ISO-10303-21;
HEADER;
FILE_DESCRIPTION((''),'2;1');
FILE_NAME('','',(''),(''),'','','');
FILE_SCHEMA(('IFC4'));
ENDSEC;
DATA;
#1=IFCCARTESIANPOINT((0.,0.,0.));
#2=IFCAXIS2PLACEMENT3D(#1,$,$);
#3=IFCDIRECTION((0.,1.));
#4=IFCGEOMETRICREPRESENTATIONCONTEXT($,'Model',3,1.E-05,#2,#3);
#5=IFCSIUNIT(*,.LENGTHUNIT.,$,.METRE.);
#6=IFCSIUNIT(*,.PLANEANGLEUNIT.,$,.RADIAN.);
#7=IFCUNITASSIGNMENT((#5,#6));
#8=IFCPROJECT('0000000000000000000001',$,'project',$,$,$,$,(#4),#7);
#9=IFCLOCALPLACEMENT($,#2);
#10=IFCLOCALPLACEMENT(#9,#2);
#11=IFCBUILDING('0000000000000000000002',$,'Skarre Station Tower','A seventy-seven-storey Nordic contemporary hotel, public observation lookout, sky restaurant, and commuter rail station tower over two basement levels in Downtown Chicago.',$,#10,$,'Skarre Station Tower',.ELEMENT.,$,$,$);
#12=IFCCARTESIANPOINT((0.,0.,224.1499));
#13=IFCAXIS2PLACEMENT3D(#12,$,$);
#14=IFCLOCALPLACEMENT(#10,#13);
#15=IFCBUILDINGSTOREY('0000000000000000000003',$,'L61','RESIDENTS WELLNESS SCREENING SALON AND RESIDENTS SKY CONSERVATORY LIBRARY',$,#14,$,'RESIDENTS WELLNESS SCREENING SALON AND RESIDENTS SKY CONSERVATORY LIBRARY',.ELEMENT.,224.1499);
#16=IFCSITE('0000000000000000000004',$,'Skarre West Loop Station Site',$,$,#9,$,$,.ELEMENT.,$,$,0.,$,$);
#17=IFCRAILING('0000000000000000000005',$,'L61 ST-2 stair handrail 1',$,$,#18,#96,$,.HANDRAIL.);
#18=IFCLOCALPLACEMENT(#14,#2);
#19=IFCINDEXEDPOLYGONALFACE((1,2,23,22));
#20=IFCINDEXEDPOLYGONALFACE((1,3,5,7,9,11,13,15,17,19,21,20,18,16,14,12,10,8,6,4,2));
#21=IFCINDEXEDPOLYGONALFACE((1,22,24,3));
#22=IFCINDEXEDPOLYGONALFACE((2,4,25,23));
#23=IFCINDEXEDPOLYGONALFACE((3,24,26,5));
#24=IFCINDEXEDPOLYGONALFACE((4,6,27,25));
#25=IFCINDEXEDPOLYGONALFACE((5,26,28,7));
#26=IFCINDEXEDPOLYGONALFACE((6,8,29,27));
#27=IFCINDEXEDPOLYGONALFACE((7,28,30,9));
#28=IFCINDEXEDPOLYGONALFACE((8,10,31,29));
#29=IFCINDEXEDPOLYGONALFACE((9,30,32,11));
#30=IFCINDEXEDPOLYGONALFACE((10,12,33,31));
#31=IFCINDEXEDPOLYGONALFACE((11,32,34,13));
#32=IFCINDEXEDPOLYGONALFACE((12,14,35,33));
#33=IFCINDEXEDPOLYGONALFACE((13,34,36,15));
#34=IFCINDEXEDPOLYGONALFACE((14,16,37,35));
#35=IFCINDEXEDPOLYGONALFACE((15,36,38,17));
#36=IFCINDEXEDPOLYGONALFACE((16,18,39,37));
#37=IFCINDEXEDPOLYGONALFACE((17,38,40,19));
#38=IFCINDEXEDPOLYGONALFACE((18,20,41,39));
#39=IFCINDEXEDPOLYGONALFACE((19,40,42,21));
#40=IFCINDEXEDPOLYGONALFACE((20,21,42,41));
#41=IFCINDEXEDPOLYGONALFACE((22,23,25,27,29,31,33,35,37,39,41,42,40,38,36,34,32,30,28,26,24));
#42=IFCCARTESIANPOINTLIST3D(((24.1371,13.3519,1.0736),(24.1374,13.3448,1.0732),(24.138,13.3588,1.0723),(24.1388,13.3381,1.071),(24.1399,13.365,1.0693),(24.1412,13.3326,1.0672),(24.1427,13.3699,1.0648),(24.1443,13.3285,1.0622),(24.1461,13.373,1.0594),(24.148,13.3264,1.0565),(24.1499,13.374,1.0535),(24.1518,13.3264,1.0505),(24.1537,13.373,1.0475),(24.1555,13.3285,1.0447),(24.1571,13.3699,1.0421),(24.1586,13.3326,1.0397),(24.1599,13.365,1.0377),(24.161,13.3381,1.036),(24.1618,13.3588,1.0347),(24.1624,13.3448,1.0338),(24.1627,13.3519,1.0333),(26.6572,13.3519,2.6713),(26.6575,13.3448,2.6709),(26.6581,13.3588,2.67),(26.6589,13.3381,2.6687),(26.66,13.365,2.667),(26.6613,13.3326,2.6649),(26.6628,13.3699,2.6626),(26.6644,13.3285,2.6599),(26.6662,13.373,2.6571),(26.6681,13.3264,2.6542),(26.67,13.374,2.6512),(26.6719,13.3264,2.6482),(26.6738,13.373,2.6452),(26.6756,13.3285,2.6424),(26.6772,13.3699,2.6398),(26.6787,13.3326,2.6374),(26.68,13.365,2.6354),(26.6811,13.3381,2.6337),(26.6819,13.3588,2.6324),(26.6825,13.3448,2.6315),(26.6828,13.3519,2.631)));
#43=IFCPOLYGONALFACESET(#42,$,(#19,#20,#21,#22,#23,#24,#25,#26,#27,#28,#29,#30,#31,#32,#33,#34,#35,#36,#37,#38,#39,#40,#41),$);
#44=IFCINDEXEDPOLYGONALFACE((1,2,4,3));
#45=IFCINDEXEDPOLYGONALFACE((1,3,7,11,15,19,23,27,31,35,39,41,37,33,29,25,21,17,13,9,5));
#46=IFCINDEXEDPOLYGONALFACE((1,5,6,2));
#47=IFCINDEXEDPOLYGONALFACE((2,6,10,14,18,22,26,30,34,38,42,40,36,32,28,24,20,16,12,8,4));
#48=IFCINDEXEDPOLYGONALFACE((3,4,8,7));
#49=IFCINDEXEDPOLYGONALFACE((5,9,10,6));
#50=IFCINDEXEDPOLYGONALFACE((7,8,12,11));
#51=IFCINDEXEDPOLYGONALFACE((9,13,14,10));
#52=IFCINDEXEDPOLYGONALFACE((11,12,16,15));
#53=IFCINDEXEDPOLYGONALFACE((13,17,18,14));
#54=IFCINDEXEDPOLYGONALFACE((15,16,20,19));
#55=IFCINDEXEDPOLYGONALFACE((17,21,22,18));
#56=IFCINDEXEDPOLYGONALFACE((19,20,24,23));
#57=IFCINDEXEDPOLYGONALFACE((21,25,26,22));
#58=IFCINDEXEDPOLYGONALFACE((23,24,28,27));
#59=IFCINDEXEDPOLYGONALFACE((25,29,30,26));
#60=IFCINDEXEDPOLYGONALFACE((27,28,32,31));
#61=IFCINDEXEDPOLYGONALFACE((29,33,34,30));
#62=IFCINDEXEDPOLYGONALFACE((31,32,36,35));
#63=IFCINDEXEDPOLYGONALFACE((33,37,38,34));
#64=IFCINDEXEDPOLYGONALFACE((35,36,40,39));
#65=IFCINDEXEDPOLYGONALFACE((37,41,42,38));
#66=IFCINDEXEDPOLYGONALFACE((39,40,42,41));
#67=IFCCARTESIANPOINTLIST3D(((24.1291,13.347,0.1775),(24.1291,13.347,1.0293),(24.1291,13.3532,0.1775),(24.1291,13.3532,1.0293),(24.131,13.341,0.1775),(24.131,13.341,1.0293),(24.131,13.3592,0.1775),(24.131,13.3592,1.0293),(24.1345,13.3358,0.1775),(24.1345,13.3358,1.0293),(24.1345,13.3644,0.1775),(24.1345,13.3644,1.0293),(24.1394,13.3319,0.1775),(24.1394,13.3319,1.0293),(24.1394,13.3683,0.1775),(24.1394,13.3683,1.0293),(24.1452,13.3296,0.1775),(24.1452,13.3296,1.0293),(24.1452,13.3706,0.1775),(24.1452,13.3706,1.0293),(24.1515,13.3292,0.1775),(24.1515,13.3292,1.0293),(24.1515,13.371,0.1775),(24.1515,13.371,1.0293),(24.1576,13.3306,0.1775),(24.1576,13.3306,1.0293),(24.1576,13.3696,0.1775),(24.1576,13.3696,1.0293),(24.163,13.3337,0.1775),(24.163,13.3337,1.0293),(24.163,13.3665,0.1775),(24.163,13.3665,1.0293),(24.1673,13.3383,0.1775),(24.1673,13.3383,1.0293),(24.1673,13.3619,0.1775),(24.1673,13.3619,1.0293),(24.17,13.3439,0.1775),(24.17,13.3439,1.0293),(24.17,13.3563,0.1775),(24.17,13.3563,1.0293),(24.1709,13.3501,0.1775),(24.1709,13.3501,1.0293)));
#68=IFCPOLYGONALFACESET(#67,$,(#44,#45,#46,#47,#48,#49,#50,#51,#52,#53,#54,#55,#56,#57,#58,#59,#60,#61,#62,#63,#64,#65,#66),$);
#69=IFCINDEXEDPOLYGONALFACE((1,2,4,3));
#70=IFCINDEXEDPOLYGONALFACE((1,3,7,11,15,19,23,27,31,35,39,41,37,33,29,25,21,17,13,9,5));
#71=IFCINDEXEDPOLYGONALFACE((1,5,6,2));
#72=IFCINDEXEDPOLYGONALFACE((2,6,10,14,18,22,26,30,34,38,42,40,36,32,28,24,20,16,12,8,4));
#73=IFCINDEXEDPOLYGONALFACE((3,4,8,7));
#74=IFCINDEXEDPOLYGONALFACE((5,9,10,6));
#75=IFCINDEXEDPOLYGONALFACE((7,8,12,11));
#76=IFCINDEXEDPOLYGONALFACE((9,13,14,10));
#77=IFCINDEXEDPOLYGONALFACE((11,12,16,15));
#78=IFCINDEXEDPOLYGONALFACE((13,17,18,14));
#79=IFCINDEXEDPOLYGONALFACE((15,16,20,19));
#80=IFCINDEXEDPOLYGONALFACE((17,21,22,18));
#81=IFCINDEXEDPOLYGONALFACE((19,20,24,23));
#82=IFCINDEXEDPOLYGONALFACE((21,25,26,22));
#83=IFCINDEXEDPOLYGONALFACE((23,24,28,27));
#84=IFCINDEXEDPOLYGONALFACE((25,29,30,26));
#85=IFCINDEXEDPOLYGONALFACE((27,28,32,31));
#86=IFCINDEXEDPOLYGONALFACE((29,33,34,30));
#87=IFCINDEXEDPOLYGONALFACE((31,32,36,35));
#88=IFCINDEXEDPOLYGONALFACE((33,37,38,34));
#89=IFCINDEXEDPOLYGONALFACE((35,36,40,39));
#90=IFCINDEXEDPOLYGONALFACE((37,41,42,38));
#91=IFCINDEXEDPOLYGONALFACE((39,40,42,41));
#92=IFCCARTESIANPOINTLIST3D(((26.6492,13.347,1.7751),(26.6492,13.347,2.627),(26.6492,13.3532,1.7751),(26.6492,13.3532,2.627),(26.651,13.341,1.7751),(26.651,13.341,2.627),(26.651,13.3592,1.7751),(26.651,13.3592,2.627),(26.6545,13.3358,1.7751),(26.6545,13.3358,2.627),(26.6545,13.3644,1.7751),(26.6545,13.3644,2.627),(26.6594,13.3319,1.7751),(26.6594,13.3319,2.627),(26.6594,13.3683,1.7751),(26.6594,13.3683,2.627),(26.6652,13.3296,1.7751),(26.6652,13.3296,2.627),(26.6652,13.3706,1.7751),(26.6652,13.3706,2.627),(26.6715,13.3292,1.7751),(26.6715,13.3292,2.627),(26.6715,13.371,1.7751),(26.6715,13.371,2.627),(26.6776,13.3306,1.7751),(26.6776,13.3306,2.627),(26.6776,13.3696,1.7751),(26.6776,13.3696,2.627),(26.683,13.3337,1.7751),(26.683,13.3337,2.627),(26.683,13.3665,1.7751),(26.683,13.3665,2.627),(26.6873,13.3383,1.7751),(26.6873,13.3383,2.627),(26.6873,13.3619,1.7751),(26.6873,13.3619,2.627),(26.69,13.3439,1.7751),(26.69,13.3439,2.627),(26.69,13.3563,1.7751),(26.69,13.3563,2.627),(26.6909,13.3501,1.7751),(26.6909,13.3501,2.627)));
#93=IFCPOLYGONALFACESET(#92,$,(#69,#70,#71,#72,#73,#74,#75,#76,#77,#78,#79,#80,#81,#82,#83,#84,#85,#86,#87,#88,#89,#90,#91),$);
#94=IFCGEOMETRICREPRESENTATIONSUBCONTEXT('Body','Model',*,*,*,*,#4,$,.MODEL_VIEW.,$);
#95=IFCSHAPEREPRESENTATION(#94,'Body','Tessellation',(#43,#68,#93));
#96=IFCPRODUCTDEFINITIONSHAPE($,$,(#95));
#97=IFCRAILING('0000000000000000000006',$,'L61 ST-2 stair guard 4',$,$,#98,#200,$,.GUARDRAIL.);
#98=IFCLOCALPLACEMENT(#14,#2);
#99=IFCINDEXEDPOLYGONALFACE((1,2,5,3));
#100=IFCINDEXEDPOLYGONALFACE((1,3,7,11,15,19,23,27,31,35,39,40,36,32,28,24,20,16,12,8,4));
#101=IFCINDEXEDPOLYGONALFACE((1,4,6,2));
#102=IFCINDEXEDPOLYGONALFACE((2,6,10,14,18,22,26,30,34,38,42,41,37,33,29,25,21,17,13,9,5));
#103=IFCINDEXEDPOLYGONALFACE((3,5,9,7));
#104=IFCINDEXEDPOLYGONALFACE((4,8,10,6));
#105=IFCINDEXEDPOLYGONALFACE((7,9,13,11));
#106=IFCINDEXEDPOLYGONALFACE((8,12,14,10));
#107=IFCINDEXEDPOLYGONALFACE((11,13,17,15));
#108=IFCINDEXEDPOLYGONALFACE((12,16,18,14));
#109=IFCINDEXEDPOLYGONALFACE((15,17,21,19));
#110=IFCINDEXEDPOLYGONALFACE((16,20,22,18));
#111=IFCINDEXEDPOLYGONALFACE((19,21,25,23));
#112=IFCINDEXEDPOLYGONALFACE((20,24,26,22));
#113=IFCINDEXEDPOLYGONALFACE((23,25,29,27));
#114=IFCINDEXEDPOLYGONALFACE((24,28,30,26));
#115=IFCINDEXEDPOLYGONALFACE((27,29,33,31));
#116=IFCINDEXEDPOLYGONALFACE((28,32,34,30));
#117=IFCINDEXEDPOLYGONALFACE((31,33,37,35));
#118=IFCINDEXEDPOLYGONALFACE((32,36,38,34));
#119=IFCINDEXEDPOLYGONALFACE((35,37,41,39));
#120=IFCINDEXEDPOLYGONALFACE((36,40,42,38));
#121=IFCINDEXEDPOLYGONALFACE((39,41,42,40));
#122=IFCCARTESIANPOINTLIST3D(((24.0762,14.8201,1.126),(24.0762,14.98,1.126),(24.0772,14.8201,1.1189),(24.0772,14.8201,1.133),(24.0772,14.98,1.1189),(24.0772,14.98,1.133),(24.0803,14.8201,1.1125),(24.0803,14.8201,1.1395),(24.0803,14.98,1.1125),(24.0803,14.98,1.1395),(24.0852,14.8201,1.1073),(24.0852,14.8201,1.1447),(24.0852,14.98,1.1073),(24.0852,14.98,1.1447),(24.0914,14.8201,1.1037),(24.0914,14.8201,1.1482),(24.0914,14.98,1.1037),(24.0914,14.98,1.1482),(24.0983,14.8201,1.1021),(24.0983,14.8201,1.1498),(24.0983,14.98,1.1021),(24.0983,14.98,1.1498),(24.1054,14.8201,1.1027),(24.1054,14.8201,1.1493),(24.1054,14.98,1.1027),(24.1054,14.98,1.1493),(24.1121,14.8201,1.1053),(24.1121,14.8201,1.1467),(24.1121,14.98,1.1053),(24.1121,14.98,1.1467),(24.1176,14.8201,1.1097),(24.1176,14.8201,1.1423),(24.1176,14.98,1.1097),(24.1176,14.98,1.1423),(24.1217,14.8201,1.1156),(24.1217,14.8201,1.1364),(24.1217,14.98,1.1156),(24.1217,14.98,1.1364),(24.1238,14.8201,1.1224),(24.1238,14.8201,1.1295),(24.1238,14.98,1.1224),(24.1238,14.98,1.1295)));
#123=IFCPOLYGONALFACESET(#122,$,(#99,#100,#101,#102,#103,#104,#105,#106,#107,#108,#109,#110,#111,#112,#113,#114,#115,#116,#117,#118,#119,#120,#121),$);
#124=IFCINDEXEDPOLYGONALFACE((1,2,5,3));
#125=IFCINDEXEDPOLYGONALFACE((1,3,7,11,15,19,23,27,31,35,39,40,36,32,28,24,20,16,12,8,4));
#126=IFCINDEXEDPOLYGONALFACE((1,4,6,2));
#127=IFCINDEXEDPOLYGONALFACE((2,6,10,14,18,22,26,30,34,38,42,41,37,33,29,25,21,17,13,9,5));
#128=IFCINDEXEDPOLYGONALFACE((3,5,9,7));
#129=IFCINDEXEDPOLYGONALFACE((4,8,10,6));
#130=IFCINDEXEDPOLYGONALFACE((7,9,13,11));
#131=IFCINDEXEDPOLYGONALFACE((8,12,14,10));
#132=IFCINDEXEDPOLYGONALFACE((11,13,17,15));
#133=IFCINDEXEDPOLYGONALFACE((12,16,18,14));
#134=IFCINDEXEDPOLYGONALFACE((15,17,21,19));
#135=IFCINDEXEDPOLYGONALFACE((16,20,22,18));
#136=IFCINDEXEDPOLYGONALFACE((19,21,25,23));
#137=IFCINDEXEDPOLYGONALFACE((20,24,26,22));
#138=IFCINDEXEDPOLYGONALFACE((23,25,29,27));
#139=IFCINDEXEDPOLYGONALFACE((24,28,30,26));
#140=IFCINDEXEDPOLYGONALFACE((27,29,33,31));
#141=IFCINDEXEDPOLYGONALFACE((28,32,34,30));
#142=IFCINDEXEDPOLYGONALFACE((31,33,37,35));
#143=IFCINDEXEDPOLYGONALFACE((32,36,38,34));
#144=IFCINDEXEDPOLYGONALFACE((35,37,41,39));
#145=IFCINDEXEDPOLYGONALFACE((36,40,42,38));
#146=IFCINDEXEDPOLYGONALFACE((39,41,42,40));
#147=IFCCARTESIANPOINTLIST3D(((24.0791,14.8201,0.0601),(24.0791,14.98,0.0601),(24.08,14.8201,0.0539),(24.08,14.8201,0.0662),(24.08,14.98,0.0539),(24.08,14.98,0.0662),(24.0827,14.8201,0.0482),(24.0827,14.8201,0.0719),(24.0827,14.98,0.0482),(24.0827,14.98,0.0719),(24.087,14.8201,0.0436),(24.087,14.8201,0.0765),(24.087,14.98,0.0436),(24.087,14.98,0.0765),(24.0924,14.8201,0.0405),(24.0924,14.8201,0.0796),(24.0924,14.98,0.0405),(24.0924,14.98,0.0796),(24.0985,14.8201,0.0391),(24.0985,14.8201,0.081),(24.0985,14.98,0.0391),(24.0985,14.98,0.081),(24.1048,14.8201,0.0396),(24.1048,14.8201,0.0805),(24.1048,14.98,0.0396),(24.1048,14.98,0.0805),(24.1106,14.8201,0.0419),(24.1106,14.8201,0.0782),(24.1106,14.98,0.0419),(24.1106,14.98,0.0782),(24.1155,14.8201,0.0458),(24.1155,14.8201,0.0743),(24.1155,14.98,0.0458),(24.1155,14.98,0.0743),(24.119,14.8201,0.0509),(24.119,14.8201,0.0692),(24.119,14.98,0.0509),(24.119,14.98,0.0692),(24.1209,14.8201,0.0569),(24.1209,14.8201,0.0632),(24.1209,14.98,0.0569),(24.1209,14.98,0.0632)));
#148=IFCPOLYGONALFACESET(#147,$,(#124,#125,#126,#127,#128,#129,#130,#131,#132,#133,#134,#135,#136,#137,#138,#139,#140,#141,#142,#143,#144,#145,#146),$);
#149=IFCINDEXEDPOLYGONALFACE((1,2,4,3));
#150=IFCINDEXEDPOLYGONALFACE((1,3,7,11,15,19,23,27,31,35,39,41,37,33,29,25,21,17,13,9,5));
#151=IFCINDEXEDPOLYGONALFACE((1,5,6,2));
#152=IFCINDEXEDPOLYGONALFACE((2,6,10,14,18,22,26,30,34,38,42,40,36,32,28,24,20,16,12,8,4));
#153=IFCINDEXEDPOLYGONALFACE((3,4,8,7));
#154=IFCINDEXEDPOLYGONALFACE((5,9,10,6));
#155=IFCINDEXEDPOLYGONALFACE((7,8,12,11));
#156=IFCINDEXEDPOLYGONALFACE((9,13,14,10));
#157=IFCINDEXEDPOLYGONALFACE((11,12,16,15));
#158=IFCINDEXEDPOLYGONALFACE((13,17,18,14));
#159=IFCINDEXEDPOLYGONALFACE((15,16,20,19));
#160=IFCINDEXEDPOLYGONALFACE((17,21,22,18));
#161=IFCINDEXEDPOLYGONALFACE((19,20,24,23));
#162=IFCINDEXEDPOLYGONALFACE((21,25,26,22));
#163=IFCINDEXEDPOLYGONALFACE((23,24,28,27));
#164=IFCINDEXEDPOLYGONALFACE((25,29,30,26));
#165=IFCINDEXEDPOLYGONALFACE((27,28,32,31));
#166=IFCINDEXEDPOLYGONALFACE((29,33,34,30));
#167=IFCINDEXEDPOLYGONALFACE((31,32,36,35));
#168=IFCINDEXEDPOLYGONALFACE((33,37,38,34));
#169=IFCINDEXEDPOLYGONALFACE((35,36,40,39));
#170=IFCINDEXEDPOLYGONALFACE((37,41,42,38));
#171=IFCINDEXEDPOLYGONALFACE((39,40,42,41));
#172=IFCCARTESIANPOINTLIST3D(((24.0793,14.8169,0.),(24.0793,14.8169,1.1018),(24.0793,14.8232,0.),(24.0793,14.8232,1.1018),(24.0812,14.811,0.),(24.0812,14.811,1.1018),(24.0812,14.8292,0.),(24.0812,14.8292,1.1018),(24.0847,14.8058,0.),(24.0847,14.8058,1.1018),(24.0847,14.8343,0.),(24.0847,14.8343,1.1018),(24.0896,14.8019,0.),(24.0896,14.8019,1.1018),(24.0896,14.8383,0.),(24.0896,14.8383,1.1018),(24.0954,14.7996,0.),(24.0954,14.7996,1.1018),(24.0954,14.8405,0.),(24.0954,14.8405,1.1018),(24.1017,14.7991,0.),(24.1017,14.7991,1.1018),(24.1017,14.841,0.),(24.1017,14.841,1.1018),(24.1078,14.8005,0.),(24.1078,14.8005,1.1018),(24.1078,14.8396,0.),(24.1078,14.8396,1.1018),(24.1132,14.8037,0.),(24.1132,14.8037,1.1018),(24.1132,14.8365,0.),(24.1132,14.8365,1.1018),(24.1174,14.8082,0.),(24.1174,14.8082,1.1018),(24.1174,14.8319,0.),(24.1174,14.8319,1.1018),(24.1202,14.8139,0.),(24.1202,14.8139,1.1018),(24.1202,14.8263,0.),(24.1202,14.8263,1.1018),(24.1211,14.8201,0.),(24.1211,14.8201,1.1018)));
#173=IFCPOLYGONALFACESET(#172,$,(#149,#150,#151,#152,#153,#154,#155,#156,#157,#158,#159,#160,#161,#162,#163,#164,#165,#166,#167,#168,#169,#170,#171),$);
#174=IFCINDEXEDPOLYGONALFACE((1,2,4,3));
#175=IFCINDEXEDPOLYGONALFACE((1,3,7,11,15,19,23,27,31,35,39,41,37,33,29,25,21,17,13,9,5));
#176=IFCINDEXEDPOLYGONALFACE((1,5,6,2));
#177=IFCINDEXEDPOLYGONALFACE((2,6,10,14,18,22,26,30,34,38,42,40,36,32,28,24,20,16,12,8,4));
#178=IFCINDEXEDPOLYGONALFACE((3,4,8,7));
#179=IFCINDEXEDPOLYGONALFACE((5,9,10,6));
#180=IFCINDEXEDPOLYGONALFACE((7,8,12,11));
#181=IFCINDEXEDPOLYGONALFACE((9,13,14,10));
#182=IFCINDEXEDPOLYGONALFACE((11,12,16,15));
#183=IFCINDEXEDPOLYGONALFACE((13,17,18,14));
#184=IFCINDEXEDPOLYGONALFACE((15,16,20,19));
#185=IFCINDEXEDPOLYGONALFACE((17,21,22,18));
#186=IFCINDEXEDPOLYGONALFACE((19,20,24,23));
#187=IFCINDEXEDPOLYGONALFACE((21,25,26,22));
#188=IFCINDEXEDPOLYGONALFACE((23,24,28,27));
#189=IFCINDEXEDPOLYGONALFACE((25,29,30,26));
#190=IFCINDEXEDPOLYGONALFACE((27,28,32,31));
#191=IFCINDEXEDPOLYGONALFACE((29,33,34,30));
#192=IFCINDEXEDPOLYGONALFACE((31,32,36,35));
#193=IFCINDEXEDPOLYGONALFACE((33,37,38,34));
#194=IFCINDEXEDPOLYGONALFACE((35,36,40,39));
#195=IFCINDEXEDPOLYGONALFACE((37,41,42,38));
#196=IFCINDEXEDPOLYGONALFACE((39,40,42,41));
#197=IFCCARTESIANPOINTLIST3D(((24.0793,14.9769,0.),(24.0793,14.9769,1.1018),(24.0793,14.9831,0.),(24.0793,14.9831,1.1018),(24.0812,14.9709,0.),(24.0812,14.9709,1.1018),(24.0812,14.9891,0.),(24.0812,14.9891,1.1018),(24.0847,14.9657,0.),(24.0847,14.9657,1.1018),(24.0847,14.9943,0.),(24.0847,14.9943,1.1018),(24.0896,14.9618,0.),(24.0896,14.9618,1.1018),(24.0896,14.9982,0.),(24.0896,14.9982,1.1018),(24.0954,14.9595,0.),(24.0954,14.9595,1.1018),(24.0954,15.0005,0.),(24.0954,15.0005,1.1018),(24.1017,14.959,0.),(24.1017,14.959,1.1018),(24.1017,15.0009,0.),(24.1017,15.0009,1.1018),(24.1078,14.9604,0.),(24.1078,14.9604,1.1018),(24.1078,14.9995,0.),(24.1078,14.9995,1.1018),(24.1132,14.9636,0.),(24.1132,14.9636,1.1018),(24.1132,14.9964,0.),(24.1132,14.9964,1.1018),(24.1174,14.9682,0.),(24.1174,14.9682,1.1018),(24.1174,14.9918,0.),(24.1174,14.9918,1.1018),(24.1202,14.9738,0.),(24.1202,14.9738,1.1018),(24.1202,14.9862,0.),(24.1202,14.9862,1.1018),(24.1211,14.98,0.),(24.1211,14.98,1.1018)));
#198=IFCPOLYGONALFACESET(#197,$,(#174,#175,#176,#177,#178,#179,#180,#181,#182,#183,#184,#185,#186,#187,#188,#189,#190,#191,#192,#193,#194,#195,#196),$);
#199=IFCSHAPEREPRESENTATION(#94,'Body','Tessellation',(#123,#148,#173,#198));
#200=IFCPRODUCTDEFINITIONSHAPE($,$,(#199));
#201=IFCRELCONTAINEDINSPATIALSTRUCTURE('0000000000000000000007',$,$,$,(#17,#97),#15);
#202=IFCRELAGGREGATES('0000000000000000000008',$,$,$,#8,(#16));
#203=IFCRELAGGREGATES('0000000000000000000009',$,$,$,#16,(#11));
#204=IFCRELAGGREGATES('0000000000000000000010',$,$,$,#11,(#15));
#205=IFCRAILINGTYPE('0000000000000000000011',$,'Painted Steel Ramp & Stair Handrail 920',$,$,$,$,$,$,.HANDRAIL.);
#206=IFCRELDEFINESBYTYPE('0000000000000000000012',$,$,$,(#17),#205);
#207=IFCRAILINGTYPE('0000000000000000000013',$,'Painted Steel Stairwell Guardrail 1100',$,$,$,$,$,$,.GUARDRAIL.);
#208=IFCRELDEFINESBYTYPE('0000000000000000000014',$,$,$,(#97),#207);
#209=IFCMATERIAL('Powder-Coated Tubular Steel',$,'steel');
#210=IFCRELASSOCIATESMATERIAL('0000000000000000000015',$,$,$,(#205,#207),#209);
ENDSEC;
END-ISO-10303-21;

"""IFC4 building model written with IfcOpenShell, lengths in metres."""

from ifc_helpers import new_model, si_unit, direction, frame, origin, origin_2d, place, context, subcontext, project, spatial, circle, extrude, material, type_object, element, save


model = new_model("IFC4")

# Units and contexts
model_context = context("Model", 3, precision=1e-05, world=origin(), true_north=direction((0.0, 1.0)))
body_context = subcontext(model_context, "Body", "Model", "MODEL_VIEW")
ifc_project = project(units=[si_unit("LENGTHUNIT", "METRE"), si_unit("PLANEANGLEUNIT", "RADIAN")], contexts=[model_context])

# Site, building, storey
site_placement = place(None, origin())
site = spatial("IfcSite", under=ifc_project, at=site_placement, Name="Skarre West Loop Station Site", CompositionType="ELEMENT", RefElevation=0.0)
building_placement = place(site_placement, origin())
building = spatial("IfcBuilding", under=site, at=building_placement, Name="Skarre Station Tower", Description="A seventy-seven-storey Nordic contemporary hotel, public observation lookout, sky restaurant, and commuter rail station tower over two basement levels in Downtown Chicago.", LongName="Skarre Station Tower", CompositionType="ELEMENT")
storey_placement = place(building_placement, frame((0.0, 0.0, 224.1499)))
storey = spatial("IfcBuildingStorey", under=building, at=storey_placement, Name="L61", Description="RESIDENTS WELLNESS SCREENING SALON AND RESIDENTS SKY CONSERVATORY LIBRARY", LongName="RESIDENTS WELLNESS SCREENING SALON AND RESIDENTS SKY CONSERVATORY LIBRARY", CompositionType="ELEMENT", Elevation=224.1499)

# Railings
ifc_material_1 = material(Name="Powder-Coated Tubular Steel", Category="steel")
railing_type_1 = type_object("IfcRailingType", Name="Painted Steel Ramp & Stair Handrail 920", PredefinedType="HANDRAIL", material=ifc_material_1)
railing_1_placement = place(storey_placement, frame((24.1499, 13.3501, 0.1775)))
element("IfcRailing", 1, at=railing_1_placement, inside=storey, type_object=railing_type_1, Name="L61 ST-2 stair handrail 1", PredefinedType="HANDRAIL", context=body_context, shape_type="SweptSolid", body=[
    extrude(circle(Radius=0.0239, at=origin_2d()), frame((0.0, 0.0, 0.876), z_axis=(0.84457, 0.0, 0.535445), x_axis=(0.0, 1.0, 0.0)), (0.0, 0.0, 1.0), 2.9839),
    extrude(circle(Radius=0.021, at=origin_2d()), origin(), (0.0, 0.0, 1.0), 0.8518),
    extrude(circle(Radius=0.021, at=origin_2d()), frame((2.52, 0.0, 1.5977)), (0.0, 0.0, 1.0), 0.8518),
])
railing_type_2 = type_object("IfcRailingType", Name="Painted Steel Stairwell Guardrail 1100", PredefinedType="GUARDRAIL", material=ifc_material_1)
railing_2_placement = place(storey_placement, frame((24.1001, 14.8201, 0.0)))
element("IfcRailing", 2, at=railing_2_placement, inside=storey, type_object=railing_type_2, Name="L61 ST-2 stair guard 4", PredefinedType="GUARDRAIL", context=body_context, shape_type="SweptSolid", body=[
    extrude(circle(Radius=0.0239, at=origin_2d()), frame((0.0, 0.0, 1.126), z_axis=(0.0, 1.0, 0.0), x_axis=(-1.0, 0.0, 0.0)), (0.0, 0.0, 1.0), 0.1599),
    extrude(circle(Radius=0.021, at=origin_2d()), frame((0.0, 0.0, 0.0601), z_axis=(0.0, 1.0, 0.0), x_axis=(-1.0, 0.0, 0.0)), (0.0, 0.0, 1.0), 0.1599),
    extrude(circle(Radius=0.021, at=origin_2d()), origin(), (0.0, 0.0, 1.0), 1.1018),
    extrude(circle(Radius=0.021, at=origin_2d()), frame((0.0, 0.1599, 0.0)), (0.0, 0.0, 1.0), 1.1018),
])

save(model, "model.ifc")
